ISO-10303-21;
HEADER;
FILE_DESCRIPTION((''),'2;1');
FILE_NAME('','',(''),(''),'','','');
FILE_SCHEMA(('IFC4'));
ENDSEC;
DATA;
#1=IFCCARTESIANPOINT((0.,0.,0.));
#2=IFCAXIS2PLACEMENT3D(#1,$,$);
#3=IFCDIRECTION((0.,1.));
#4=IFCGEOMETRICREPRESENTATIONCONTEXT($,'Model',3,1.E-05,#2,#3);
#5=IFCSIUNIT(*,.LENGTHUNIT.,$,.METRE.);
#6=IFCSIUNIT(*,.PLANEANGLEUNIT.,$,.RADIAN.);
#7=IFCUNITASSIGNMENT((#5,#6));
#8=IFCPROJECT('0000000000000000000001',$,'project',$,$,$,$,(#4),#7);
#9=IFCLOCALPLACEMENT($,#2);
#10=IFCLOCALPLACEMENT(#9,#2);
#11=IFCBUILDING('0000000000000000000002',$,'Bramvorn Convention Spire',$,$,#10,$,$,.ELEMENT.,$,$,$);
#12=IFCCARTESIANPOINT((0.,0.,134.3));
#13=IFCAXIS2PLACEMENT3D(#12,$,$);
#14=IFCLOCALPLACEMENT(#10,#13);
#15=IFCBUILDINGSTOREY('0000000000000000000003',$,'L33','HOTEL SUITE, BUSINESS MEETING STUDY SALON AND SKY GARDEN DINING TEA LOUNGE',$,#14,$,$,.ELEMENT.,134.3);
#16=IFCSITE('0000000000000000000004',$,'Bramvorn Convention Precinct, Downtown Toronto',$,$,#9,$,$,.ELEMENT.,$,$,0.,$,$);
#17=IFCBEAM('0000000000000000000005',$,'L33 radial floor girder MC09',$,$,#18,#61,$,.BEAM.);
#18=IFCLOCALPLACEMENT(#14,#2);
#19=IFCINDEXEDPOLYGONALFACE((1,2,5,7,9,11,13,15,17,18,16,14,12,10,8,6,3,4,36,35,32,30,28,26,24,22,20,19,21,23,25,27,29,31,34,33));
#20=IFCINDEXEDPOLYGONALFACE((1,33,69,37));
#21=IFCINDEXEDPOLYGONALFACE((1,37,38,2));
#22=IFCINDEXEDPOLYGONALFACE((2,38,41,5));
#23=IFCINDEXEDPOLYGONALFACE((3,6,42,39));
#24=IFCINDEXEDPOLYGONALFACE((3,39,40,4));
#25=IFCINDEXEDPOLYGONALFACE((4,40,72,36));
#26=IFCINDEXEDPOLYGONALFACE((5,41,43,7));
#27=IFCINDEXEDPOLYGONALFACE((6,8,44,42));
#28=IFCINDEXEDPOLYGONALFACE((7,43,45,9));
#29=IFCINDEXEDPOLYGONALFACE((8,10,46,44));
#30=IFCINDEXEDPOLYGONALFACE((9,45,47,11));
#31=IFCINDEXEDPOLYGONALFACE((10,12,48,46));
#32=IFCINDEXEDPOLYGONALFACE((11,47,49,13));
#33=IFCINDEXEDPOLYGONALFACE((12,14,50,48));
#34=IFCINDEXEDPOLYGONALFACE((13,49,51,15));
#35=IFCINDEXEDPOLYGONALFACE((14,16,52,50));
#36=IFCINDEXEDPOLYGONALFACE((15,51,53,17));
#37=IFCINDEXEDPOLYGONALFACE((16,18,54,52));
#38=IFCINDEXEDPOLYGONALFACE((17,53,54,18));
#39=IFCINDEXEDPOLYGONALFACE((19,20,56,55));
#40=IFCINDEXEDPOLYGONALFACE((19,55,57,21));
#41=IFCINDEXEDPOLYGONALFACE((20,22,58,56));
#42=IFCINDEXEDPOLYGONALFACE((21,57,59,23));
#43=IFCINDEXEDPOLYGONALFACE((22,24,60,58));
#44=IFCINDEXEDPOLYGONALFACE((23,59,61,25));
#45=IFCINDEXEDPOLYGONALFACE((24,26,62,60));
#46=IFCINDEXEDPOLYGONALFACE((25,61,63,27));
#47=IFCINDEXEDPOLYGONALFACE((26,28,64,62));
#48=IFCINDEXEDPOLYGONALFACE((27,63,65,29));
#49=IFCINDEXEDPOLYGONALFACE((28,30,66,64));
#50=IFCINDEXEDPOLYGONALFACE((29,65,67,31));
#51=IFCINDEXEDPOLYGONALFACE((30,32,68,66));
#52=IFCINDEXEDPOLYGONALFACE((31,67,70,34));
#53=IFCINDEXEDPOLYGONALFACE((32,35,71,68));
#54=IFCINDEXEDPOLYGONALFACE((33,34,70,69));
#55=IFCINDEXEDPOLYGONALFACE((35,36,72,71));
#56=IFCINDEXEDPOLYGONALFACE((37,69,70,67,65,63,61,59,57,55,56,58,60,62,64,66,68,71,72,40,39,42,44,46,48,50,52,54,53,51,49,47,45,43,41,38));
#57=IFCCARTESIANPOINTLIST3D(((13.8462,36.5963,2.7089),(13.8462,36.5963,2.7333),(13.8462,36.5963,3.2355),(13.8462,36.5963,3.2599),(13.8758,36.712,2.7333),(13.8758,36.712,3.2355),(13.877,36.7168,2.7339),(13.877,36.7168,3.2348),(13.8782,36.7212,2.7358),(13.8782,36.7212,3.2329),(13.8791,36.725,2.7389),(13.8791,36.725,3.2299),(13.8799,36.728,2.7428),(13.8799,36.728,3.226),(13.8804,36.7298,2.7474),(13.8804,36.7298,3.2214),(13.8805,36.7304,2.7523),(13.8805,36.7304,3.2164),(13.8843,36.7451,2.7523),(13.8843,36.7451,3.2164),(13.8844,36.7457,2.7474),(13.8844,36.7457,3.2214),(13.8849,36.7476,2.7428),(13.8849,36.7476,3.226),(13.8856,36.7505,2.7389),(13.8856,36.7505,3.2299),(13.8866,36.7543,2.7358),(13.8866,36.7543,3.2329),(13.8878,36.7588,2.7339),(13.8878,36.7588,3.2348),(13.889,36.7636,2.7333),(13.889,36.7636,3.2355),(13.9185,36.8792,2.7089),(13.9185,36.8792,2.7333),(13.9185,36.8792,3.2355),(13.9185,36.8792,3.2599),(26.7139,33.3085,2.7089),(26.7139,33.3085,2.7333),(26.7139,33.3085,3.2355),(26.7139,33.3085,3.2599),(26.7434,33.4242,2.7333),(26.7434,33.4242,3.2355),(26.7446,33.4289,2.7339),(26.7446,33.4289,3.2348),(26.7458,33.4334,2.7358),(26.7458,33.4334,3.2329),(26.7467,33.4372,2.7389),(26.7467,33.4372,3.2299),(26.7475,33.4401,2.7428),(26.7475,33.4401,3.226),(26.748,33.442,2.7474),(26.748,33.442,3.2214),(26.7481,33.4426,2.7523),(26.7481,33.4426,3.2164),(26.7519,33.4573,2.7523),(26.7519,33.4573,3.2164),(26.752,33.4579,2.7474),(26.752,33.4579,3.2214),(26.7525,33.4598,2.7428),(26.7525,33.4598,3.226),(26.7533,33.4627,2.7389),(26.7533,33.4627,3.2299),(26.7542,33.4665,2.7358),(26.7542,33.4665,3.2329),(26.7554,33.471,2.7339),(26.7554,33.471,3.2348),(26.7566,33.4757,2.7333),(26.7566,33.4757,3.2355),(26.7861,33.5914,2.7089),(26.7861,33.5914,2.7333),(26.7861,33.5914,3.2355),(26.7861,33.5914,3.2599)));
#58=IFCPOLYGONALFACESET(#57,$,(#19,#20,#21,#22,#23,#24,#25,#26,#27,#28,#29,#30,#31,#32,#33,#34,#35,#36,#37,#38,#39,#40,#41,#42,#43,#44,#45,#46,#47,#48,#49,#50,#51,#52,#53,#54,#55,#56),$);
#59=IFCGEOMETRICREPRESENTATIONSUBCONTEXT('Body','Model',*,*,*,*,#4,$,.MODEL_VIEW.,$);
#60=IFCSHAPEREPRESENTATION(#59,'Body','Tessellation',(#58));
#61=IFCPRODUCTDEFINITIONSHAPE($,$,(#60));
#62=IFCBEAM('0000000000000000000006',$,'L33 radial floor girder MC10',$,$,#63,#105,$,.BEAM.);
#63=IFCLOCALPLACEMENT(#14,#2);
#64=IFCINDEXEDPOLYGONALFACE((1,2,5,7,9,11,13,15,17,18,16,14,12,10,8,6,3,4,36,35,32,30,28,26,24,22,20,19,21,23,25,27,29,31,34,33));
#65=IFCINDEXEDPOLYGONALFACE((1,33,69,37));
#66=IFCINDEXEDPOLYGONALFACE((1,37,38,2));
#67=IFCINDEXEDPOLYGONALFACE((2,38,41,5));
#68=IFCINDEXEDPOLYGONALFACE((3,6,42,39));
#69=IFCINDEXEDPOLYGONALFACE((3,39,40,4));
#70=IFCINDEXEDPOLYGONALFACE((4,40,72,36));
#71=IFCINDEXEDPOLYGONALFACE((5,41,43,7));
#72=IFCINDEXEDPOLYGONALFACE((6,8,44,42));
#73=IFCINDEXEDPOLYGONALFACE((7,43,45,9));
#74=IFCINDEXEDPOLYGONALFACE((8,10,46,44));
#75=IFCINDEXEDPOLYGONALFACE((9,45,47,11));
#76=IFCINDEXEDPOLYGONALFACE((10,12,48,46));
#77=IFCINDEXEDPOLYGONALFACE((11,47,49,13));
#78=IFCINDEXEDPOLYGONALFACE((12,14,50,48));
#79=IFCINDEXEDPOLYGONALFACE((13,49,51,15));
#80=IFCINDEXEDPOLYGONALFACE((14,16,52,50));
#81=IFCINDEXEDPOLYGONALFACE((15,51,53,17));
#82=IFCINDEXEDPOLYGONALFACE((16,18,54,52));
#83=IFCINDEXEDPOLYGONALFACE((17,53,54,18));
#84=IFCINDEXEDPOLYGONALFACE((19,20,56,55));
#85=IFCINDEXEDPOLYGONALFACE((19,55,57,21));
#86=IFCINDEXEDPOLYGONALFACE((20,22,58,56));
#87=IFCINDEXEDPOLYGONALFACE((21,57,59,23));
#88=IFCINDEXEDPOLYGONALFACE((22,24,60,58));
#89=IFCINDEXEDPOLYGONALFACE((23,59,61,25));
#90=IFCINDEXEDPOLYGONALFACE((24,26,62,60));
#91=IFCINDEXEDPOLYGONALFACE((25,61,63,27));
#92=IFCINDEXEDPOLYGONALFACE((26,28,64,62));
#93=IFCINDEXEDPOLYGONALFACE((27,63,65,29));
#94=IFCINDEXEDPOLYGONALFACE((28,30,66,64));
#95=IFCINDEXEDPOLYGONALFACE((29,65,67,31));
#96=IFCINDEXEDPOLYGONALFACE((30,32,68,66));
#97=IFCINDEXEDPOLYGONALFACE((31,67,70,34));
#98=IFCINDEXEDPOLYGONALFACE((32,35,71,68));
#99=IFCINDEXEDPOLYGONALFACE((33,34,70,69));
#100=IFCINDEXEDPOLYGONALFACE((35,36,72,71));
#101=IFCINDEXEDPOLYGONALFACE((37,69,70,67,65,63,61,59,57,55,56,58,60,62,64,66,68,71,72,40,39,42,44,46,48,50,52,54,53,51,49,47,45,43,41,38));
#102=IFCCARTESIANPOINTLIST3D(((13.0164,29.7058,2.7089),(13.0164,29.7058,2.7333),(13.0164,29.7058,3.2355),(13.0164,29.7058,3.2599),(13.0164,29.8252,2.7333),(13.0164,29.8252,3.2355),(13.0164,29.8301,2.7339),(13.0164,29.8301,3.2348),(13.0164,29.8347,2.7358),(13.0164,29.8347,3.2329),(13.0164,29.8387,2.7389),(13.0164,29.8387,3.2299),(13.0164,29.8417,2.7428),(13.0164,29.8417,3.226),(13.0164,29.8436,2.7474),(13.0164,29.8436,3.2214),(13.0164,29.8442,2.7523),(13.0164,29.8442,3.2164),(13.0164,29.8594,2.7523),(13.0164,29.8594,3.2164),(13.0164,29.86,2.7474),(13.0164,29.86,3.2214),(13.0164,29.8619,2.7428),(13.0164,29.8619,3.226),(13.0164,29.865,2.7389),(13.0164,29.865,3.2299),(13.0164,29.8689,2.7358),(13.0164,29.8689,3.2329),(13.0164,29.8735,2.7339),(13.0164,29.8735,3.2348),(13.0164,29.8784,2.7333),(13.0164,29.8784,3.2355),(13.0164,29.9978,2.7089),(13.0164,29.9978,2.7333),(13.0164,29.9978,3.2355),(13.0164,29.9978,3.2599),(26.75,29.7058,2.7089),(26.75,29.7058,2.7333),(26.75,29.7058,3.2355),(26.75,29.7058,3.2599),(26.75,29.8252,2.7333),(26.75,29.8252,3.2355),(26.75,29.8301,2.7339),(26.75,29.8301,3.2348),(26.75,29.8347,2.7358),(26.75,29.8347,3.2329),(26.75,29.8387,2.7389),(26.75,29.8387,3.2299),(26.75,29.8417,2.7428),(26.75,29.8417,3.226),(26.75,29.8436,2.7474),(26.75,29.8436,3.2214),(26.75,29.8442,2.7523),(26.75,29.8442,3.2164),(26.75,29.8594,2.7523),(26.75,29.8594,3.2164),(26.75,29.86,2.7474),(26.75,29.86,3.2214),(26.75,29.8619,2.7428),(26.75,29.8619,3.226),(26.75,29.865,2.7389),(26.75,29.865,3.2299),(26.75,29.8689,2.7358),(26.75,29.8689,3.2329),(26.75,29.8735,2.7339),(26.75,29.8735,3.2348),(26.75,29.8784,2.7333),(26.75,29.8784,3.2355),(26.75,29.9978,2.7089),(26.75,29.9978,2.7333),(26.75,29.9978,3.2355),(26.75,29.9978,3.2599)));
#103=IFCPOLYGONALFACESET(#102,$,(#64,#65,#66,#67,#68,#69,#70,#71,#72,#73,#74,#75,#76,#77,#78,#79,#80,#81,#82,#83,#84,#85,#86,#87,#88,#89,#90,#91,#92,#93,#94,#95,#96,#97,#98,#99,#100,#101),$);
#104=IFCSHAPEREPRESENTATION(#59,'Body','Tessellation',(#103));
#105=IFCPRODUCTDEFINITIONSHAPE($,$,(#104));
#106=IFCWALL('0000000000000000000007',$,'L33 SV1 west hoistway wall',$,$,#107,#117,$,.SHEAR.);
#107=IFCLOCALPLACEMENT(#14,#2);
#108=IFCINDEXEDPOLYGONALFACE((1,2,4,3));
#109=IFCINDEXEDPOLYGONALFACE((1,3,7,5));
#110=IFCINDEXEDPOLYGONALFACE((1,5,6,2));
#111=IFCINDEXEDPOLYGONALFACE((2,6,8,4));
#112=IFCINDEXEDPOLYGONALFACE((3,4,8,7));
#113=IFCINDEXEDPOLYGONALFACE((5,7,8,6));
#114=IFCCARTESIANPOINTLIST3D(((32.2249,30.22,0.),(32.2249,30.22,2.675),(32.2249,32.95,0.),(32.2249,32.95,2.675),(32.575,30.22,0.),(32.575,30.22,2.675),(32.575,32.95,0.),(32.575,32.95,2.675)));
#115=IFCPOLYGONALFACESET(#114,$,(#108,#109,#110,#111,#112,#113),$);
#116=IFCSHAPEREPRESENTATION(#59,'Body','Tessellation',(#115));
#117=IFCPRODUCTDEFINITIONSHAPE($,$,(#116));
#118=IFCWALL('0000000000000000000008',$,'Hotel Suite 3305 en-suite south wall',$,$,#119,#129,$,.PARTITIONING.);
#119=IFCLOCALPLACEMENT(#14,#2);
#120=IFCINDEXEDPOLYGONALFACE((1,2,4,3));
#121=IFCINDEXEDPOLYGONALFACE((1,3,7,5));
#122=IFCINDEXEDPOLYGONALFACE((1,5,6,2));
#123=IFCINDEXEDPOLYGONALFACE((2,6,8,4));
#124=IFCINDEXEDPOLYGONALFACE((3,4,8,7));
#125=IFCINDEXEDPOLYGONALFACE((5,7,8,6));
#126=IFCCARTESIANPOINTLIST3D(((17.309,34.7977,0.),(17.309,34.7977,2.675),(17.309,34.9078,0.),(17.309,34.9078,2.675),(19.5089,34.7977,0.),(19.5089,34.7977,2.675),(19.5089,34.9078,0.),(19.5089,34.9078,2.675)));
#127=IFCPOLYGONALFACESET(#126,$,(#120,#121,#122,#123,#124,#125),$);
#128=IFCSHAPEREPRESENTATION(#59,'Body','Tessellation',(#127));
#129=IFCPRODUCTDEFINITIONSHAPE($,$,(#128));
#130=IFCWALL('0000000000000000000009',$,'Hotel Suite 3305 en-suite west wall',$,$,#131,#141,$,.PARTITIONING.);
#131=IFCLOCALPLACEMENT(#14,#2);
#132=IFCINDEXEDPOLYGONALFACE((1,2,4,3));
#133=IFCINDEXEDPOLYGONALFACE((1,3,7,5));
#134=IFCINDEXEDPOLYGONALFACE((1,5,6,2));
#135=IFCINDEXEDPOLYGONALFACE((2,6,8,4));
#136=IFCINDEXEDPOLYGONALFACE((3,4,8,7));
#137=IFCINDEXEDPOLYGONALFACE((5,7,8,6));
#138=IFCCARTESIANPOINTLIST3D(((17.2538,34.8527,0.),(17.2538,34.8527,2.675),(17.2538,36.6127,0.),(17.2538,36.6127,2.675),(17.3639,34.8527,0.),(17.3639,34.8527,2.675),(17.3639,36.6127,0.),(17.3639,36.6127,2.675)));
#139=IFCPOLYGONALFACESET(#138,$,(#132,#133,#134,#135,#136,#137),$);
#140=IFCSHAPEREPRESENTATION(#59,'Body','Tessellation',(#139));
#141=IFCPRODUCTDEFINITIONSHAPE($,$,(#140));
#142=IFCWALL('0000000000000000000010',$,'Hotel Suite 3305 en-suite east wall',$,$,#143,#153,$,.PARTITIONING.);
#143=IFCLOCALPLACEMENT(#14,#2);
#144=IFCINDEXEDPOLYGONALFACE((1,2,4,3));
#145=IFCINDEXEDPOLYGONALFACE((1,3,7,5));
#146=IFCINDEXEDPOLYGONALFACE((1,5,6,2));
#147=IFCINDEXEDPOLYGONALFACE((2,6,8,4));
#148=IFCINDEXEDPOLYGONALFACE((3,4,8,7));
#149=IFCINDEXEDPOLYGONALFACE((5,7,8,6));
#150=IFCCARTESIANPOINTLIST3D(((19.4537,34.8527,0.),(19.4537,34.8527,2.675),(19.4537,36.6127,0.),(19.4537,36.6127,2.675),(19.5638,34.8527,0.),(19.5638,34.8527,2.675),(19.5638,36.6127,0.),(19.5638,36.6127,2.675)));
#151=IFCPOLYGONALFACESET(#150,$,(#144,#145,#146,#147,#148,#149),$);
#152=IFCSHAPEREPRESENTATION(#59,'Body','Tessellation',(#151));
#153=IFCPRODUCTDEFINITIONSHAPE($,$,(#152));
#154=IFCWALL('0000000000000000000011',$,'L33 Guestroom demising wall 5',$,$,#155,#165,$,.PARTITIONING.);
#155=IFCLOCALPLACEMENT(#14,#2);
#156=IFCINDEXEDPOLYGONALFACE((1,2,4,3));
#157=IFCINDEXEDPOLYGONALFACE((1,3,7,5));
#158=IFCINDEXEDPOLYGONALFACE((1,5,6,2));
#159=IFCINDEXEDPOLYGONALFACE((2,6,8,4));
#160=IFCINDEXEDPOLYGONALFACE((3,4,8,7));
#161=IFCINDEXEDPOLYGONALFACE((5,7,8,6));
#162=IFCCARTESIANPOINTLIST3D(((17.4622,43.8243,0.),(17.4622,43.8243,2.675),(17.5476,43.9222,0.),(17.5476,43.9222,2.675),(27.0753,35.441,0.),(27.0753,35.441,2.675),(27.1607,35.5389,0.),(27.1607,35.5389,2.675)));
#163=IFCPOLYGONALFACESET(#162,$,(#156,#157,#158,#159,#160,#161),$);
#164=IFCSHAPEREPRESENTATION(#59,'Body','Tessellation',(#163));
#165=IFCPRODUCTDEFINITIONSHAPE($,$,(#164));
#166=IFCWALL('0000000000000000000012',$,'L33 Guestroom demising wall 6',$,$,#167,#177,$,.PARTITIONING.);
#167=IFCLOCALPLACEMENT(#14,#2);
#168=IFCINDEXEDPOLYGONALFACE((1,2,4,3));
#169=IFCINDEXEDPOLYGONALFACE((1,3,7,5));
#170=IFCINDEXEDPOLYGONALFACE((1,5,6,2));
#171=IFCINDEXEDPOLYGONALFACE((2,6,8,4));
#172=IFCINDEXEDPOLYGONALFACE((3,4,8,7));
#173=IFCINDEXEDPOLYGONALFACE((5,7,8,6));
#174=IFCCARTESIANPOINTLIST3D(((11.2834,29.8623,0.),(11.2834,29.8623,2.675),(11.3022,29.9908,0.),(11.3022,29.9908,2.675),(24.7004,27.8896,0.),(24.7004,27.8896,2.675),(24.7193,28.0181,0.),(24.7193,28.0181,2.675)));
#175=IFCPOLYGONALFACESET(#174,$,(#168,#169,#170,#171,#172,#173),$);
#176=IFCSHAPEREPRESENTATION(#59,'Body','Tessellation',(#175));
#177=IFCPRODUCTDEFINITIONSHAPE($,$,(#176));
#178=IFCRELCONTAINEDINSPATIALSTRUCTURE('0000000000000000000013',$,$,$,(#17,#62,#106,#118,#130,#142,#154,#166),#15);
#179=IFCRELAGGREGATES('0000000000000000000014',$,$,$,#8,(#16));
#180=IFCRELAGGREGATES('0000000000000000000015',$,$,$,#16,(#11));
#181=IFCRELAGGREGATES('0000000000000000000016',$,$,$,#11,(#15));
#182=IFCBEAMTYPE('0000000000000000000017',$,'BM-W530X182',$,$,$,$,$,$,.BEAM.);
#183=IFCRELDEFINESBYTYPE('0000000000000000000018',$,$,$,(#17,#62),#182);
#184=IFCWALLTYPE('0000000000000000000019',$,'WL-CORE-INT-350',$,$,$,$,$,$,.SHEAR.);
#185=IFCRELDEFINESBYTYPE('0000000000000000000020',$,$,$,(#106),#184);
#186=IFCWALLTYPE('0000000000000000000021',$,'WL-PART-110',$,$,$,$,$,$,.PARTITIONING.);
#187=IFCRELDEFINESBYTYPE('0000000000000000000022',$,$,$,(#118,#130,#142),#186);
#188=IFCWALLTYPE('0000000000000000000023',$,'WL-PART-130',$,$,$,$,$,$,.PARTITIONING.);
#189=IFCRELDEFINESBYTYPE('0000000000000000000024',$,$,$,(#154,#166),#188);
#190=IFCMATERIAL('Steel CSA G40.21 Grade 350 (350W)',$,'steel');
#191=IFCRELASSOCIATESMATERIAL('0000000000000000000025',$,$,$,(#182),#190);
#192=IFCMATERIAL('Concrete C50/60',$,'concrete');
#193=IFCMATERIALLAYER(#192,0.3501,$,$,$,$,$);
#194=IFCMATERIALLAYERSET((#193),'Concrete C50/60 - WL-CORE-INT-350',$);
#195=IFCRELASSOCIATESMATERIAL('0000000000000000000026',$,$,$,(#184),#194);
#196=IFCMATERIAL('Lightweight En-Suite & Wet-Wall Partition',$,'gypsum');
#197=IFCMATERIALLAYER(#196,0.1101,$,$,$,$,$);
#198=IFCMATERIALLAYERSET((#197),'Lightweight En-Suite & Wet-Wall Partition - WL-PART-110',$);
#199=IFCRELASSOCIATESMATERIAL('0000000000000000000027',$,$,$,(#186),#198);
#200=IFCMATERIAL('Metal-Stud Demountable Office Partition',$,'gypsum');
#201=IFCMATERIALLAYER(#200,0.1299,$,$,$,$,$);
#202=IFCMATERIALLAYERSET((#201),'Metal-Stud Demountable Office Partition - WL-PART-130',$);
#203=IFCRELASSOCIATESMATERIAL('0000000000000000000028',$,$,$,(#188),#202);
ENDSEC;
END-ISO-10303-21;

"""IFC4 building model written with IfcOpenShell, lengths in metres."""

from ifc_helpers import new_model, si_unit, direction, frame, frame_2d, origin, origin_2d, place, context, subcontext, project, spatial, rectangle, i_section, extrude, material, layer, layer_set, material_profile, profile_set, type_object, element, save


model = new_model("IFC4")

# Units and contexts
model_context = context("Model", 3, precision=1e-05, world=origin(), true_north=direction((0.0, 1.0)))
body_context = subcontext(model_context, "Body", "Model", "MODEL_VIEW")
ifc_project = project(units=[si_unit("LENGTHUNIT", "METRE"), si_unit("PLANEANGLEUNIT", "RADIAN")], contexts=[model_context])

# Site, building, storey
site_placement = place(None, origin())
site = spatial("IfcSite", under=ifc_project, at=site_placement, Name="Bramvorn Convention Precinct, Downtown Toronto", CompositionType="ELEMENT", RefElevation=0.0)
building_placement = place(site_placement, origin())
building = spatial("IfcBuilding", under=site, at=building_placement, Name="Bramvorn Convention Spire", CompositionType="ELEMENT")
storey_placement = place(building_placement, frame((0.0, 0.0, 134.3)))
storey = spatial("IfcBuildingStorey", under=building, at=storey_placement, Name="L33", Description="HOTEL SUITE, BUSINESS MEETING STUDY SALON AND SKY GARDEN DINING TEA LOUNGE", CompositionType="ELEMENT", Elevation=134.3)

# Beams
ifc_material_1 = material(Name="Steel CSA G40.21 Grade 350 (350W)", Category="steel")
ifc_material_profile_1 = material_profile(ifc_material_1, i_section(OverallWidth=0.292, OverallDepth=0.551, WebThickness=0.0151, FlangeThickness=0.0244, FilletRadius=0.019, at=origin_2d()))
ifc_profile_set_1 = profile_set([ifc_material_profile_1], Name="Steel CSA G40.21 Grade 350 (350W) - W530X182")
beam_type_1 = type_object("IfcBeamType", Name="BM-W530X182", PredefinedType="BEAM", material=ifc_profile_set_1)
beam_1_placement = place(storey_placement, frame((26.75, 33.45, 2.9844), z_axis=(-0.968873, 0.247558, 0.0), x_axis=(-0.247558, -0.968873, 0.0)))
element("IfcBeam", 1, at=beam_1_placement, inside=storey, type_object=beam_type_1, Name="L33 radial floor girder MC09", PredefinedType="BEAM", context=body_context, shape_type="SweptSolid", body=[
    extrude(i_section(OverallWidth=0.292, OverallDepth=0.551, WebThickness=0.0151, FlangeThickness=0.0244, FilletRadius=0.019, at=origin_2d()), origin(), (0.0, 0.0, 1.0), 13.281),
])
beam_2_placement = place(storey_placement, frame((26.75, 29.8518, 2.9844), z_axis=(-1.0, 0.0, 0.0), x_axis=(0.0, -1.0, 0.0)))
element("IfcBeam", 2, at=beam_2_placement, inside=storey, type_object=beam_type_1, Name="L33 radial floor girder MC10", PredefinedType="BEAM", context=body_context, shape_type="SweptSolid", body=[
    extrude(i_section(OverallWidth=0.292, OverallDepth=0.551, WebThickness=0.0151, FlangeThickness=0.0244, FilletRadius=0.019, at=origin_2d()), origin(), (0.0, 0.0, 1.0), 13.7336),
])

# Shared definitions
ifc_material_2 = material(Name="Concrete C50/60", Category="concrete")
ifc_layer_1 = layer(ifc_material_2, 0.3501)
ifc_layer_set_1 = layer_set([ifc_layer_1], Name="Concrete C50/60 - WL-CORE-INT-350")
wall_type_1 = type_object("IfcWallType", Name="WL-CORE-INT-350", PredefinedType="SHEAR", material=ifc_layer_set_1)

# Walls
wall_1_placement = place(storey_placement, frame((32.3999, 30.22, 0.0), z_axis=(0.0, 0.0, 1.0), x_axis=(0.0, 1.0, 0.0)))
element("IfcWall", 3, at=wall_1_placement, inside=storey, type_object=wall_type_1, Name="L33 SV1 west hoistway wall", PredefinedType="SHEAR", context=body_context, shape_type="SweptSolid", body=[
    extrude(rectangle(XDim=2.73, YDim=0.3501, at=frame_2d((1.365, 0.0))), origin(), (0.0, 0.0, 1.0), 2.675),
])
ifc_material_3 = material(Name="Lightweight En-Suite & Wet-Wall Partition", Category="gypsum")
ifc_layer_2 = layer(ifc_material_3, 0.1101)
ifc_layer_set_2 = layer_set([ifc_layer_2], Name="Lightweight En-Suite & Wet-Wall Partition - WL-PART-110")
wall_type_2 = type_object("IfcWallType", Name="WL-PART-110", PredefinedType="PARTITIONING", material=ifc_layer_set_2)
wall_2_placement = place(storey_placement, frame((17.3088, 34.8528, 0.0), z_axis=(0.0, 0.0, 1.0), x_axis=(1.0, 0.0, 0.0)))
element("IfcWall", 4, at=wall_2_placement, inside=storey, type_object=wall_type_2, Name="Hotel Suite 3305 en-suite south wall", PredefinedType="PARTITIONING", context=body_context, shape_type="SweptSolid", body=[
    extrude(rectangle(XDim=2.2, YDim=0.1101, at=frame_2d((1.1001, 0.0))), origin(), (0.0, 0.0, 1.0), 2.675),
])
for number, where, z_axis, x_axis, name in (
    (5, (17.3088, 34.8528, 0.0), (0.0, 0.0, 1.0), (0.0, 1.0, 0.0), "Hotel Suite 3305 en-suite west wall"),
    (6, (19.5088, 34.8528, 0.0), (0.0, 0.0, 1.0), (0.0, 1.0, 0.0), "Hotel Suite 3305 en-suite east wall"),
):
    element("IfcWall", number, at=place(storey_placement, frame(where, z_axis=z_axis, x_axis=x_axis)), inside=storey, type_object=wall_type_2, Name=name, PredefinedType="PARTITIONING", context=body_context, shape_type="SweptSolid", body=[
        extrude(rectangle(XDim=1.76, YDim=0.1101, at=frame_2d((0.8799, 0.0))), origin(), (0.0, 0.0, 1.0), 2.675),
    ])
ifc_material_4 = material(Name="Metal-Stud Demountable Office Partition", Category="gypsum")
ifc_layer_3 = layer(ifc_material_4, 0.1299)
ifc_layer_set_3 = layer_set([ifc_layer_3], Name="Metal-Stud Demountable Office Partition - WL-PART-130")
wall_type_3 = type_object("IfcWallType", Name="WL-PART-130", PredefinedType="PARTITIONING", material=ifc_layer_set_3)
wall_3_placement = place(storey_placement, frame((27.1179, 35.49, 0.0), z_axis=(0.0, 0.0, 1.0), x_axis=(-0.753668, 0.657256, 0.0)))
element("IfcWall", 7, at=wall_3_placement, inside=storey, type_object=wall_type_3, Name="L33 Guestroom demising wall 5", PredefinedType="PARTITIONING", context=body_context, shape_type="SweptSolid", body=[
    extrude(rectangle(XDim=12.7551, YDim=0.1299, at=frame_2d((6.3774, 0.0))), origin(), (0.0, 0.0, 1.0), 2.675),
])
wall_4_placement = place(storey_placement, frame((24.71, 27.9539, 0.0), z_axis=(0.0, 0.0, 1.0), x_axis=(-0.989364, 0.145463, 0.0)))
element("IfcWall", 8, at=wall_4_placement, inside=storey, type_object=wall_type_3, Name="L33 Guestroom demising wall 6", PredefinedType="PARTITIONING", context=body_context, shape_type="SweptSolid", body=[
    extrude(rectangle(XDim=13.5613, YDim=0.1299, at=frame_2d((6.7808, 0.0))), origin(), (0.0, 0.0, 1.0), 2.675),
])

save(model, "model.ifc")
